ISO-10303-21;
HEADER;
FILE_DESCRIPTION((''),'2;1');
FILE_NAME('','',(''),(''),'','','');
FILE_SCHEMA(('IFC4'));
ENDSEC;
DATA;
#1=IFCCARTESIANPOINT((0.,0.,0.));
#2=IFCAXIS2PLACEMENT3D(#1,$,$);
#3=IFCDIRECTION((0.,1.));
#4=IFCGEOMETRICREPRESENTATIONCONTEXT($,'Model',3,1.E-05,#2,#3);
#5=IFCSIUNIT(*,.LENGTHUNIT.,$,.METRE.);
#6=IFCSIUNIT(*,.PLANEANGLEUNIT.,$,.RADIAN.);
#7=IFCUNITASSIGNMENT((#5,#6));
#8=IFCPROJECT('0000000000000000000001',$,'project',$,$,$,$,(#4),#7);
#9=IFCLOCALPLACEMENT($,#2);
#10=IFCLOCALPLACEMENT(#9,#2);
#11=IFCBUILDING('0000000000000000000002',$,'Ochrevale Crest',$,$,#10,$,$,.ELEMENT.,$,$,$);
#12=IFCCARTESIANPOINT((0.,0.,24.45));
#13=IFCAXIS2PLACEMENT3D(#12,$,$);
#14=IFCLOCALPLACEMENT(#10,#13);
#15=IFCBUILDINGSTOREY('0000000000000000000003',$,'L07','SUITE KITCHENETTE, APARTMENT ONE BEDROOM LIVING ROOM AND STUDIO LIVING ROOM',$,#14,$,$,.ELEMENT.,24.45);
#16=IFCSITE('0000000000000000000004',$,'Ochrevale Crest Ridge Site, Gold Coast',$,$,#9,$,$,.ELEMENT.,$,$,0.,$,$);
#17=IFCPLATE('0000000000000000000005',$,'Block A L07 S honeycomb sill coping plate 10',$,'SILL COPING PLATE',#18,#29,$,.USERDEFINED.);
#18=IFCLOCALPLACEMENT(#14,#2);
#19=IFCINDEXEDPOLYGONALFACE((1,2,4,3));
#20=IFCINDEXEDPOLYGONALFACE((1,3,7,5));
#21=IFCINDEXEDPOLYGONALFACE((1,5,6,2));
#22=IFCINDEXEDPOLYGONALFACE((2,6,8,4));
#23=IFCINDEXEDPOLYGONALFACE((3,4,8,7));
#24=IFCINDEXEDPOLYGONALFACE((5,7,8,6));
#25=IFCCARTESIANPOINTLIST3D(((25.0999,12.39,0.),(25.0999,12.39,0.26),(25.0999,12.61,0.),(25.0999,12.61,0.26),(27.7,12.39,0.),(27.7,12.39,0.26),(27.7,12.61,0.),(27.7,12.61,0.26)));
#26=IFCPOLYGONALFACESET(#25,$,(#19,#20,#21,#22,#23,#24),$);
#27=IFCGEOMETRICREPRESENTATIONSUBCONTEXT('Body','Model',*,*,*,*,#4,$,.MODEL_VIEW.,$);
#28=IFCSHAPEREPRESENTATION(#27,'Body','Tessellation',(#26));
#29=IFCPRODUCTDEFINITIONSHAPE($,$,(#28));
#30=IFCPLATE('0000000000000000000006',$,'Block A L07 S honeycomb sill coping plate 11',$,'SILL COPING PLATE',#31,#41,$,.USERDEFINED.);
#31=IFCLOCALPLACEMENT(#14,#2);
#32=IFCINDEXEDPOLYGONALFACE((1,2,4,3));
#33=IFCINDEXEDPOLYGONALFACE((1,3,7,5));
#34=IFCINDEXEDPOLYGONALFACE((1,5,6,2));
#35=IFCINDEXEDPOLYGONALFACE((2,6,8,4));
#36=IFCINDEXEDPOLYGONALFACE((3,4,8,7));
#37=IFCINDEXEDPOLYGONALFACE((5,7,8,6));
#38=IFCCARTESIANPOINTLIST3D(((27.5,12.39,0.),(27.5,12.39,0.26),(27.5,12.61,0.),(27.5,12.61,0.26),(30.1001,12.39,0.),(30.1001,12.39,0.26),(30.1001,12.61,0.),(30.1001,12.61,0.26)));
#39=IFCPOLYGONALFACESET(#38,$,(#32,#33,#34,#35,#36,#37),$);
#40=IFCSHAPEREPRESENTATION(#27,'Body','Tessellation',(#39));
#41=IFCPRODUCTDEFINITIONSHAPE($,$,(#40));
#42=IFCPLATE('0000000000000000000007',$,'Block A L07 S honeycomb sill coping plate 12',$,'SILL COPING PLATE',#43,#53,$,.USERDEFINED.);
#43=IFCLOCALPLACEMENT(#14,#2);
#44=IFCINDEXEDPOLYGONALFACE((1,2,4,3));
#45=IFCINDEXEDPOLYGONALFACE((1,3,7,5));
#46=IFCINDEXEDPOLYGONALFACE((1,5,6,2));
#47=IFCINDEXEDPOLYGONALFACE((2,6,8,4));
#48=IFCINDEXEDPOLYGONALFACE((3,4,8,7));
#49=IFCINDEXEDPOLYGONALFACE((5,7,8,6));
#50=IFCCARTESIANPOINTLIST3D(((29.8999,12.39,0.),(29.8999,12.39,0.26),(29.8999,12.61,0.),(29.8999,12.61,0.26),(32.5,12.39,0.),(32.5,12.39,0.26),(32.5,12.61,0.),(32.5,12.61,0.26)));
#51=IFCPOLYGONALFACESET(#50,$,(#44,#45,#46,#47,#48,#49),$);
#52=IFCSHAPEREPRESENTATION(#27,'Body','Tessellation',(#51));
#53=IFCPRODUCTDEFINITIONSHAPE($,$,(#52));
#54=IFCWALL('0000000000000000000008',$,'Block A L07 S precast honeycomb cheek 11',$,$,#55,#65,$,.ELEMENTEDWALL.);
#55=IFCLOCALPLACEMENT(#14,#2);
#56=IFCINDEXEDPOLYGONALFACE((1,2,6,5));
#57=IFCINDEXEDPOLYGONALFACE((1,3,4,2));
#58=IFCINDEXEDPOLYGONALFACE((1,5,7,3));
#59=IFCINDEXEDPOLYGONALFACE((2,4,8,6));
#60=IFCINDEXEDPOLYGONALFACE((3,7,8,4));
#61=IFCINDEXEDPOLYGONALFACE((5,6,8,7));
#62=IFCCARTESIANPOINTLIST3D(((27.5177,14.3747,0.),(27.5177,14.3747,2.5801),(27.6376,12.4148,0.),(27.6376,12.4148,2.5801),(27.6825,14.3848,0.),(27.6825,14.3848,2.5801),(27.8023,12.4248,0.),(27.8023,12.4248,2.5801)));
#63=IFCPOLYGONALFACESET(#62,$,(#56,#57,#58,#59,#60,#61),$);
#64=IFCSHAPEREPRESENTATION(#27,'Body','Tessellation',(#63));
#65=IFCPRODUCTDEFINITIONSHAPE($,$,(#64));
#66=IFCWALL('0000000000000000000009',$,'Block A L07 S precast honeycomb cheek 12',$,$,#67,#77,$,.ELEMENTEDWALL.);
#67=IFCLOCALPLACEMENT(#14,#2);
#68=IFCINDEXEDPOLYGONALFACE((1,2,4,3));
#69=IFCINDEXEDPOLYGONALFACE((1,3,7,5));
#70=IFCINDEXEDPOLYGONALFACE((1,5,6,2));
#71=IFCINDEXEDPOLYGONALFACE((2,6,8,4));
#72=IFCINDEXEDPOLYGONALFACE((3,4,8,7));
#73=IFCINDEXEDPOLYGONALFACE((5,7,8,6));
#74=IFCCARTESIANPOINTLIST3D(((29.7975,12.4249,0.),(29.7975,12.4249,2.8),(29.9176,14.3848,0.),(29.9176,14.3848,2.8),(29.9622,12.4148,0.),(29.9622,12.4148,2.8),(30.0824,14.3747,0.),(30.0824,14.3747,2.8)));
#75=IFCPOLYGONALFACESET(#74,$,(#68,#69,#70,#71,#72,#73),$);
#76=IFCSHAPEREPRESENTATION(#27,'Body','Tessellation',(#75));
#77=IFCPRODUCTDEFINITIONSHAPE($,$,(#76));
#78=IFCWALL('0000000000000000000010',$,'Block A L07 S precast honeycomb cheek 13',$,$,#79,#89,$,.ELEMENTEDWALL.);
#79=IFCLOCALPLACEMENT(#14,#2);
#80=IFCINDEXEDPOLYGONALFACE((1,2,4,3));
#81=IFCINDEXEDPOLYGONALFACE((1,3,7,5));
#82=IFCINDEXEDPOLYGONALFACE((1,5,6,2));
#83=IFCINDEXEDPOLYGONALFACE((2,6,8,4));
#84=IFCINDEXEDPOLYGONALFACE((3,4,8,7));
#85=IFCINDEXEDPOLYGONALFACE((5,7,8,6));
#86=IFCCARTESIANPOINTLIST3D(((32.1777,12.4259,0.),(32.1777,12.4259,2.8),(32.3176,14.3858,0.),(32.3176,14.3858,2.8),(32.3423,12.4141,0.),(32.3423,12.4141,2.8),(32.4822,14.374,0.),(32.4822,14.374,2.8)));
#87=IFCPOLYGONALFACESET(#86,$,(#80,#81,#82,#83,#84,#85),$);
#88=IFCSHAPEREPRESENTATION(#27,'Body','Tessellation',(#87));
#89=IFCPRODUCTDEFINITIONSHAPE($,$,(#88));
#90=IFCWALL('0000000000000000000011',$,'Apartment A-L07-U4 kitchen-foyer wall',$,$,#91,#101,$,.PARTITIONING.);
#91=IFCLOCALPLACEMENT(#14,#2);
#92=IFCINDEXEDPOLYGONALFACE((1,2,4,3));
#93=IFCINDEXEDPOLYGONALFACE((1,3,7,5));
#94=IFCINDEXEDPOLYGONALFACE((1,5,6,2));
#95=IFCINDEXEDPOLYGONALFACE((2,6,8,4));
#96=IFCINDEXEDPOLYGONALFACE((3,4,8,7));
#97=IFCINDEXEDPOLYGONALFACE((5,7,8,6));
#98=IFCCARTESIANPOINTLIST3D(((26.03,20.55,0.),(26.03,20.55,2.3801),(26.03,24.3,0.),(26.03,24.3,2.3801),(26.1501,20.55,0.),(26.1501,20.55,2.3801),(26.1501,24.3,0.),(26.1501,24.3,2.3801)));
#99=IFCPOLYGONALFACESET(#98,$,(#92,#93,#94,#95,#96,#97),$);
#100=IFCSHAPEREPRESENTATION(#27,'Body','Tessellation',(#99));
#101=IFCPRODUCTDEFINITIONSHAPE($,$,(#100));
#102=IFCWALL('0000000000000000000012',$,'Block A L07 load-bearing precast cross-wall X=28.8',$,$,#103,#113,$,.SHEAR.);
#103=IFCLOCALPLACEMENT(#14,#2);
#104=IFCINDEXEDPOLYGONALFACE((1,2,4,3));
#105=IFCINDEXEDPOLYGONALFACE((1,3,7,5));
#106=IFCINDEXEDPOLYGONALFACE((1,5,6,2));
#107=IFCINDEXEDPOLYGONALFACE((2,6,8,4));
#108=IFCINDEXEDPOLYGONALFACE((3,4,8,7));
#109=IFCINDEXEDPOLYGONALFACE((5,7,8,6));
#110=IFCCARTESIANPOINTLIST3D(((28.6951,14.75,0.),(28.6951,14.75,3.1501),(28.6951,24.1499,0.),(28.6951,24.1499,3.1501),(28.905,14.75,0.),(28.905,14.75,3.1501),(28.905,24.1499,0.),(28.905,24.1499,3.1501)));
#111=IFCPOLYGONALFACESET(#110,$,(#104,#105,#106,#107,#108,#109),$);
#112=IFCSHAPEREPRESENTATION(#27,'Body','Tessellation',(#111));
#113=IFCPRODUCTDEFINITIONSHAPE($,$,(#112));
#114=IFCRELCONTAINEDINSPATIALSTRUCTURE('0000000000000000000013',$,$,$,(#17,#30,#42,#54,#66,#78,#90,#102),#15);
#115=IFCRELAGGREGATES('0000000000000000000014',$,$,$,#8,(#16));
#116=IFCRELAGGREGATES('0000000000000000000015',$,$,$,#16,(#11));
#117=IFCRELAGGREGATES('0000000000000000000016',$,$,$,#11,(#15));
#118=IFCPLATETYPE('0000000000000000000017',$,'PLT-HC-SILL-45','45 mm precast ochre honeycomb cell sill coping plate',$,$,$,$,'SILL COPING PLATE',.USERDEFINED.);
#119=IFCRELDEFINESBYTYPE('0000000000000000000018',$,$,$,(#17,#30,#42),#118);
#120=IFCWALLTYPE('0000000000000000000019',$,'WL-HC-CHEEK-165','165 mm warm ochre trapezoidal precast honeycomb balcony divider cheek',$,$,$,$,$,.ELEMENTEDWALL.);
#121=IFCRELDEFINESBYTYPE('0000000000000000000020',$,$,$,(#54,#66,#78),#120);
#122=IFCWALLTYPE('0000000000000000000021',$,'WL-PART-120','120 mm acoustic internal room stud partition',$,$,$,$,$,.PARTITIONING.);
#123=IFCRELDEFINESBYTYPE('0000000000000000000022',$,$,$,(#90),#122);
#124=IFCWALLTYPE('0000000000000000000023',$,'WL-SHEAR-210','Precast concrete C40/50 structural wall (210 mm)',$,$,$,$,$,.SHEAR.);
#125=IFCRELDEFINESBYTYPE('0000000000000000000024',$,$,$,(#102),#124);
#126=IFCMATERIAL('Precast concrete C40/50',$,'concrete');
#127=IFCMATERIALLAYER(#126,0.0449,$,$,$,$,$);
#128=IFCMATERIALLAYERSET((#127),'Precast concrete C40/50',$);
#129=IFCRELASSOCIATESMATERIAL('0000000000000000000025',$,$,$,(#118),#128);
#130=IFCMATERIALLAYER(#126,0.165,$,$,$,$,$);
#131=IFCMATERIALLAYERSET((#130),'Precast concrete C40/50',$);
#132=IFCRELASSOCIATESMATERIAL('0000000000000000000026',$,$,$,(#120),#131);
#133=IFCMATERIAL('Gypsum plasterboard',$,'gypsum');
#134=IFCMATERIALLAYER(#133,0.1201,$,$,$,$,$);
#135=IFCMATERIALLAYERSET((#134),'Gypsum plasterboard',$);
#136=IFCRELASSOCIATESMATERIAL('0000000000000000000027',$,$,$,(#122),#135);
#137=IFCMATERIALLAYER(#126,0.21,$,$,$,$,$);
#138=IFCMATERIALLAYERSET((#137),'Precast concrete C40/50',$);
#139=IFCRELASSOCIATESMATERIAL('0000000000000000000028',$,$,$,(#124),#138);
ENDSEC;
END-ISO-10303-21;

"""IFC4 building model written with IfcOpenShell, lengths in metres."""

from ifc_helpers import new_model, si_unit, direction, frame, frame_2d, origin, origin_2d, place, context, subcontext, project, spatial, rectangle, extrude, material, layer, layer_set, type_object, element, save


model = new_model("IFC4")

# Units and contexts
model_context = context("Model", 3, precision=1e-05, world=origin(), true_north=direction((0.0, 1.0)))
body_context = subcontext(model_context, "Body", "Model", "MODEL_VIEW")
ifc_project = project(units=[si_unit("LENGTHUNIT", "METRE"), si_unit("PLANEANGLEUNIT", "RADIAN")], contexts=[model_context])

# Site, building, storey
site_placement = place(None, origin())
site = spatial("IfcSite", under=ifc_project, at=site_placement, Name="Ochrevale Crest Ridge Site, Gold Coast", CompositionType="ELEMENT", RefElevation=0.0)
building_placement = place(site_placement, origin())
building = spatial("IfcBuilding", under=site, at=building_placement, Name="Ochrevale Crest", CompositionType="ELEMENT")
storey_placement = place(building_placement, frame((0.0, 0.0, 24.45)))
storey = spatial("IfcBuildingStorey", under=building, at=storey_placement, Name="L07", Description="SUITE KITCHENETTE, APARTMENT ONE BEDROOM LIVING ROOM AND STUDIO LIVING ROOM", CompositionType="ELEMENT", Elevation=24.45)

# Plates
ifc_material_1 = material(Name="Precast concrete C40/50", Category="concrete")
ifc_layer_1 = layer(ifc_material_1, 0.0449)
ifc_layer_set_1 = layer_set([ifc_layer_1], Name="Precast concrete C40/50")
plate_type_1 = type_object("IfcPlateType", Name="PLT-HC-SILL-45", Description="45 mm precast ochre honeycomb cell sill coping plate", ElementType="SILL COPING PLATE", PredefinedType="USERDEFINED", material=ifc_layer_set_1)
for number, where, z_axis, x_axis, name in (
    (1, (26.3999, 12.5, 0.0), (0.0, 0.0, 1.0), (1.0, 0.0, 0.0), "Block A L07 S honeycomb sill coping plate 10"),
    (2, (28.8, 12.5, 0.0), (0.0, 0.0, 1.0), (1.0, 0.0, 0.0), "Block A L07 S honeycomb sill coping plate 11"),
    (3, (31.2, 12.5, 0.0), (0.0, 0.0, 1.0), (1.0, 0.0, 0.0), "Block A L07 S honeycomb sill coping plate 12"),
):
    element("IfcPlate", number, at=place(storey_placement, frame(where, z_axis=z_axis, x_axis=x_axis)), inside=storey, type_object=plate_type_1, Name=name, ObjectType="SILL COPING PLATE", PredefinedType="USERDEFINED", context=body_context, shape_type="SweptSolid", body=[
        extrude(rectangle(XDim=2.6001, YDim=0.22, at=origin_2d()), origin(), (0.0, 0.0, 1.0), 0.26),
    ])

# Walls
ifc_layer_2 = layer(ifc_material_1, 0.165)
ifc_layer_set_2 = layer_set([ifc_layer_2], Name="Precast concrete C40/50")
wall_type_1 = type_object("IfcWallType", Name="WL-HC-CHEEK-165", Description="165 mm warm ochre trapezoidal precast honeycomb balcony divider cheek", PredefinedType="ELEMENTEDWALL", material=ifc_layer_set_2)
wall_1_placement = place(storey_placement, frame((27.6001, 14.3799, 0.0), z_axis=(0.0, 0.0, 1.0), x_axis=(0.061047, -0.998135, 0.0)))
element("IfcWall", 4, at=wall_1_placement, inside=storey, type_object=wall_type_1, Name="Block A L07 S precast honeycomb cheek 11", PredefinedType="ELEMENTEDWALL", context=body_context, shape_type="SweptSolid", body=[
    extrude(rectangle(XDim=1.9636, YDim=0.165, at=frame_2d((0.9819, 0.0))), origin(), (0.0, 0.0, 1.0), 2.5801),
])
wall_2_placement = place(storey_placement, frame((30.0, 14.3799, 0.0), z_axis=(0.0, 0.0, 1.0), x_axis=(-0.061171, -0.998127, 0.0)))
element("IfcWall", 5, at=wall_2_placement, inside=storey, type_object=wall_type_1, Name="Block A L07 S precast honeycomb cheek 12", PredefinedType="ELEMENTEDWALL", context=body_context, shape_type="SweptSolid", body=[
    extrude(rectangle(XDim=1.9636, YDim=0.165, at=frame_2d((0.9819, 0.0))), origin(), (0.0, 0.0, 1.0), 2.8),
])
wall_3_placement = place(storey_placement, frame((32.3999, 14.3799, 0.0), z_axis=(0.0, 0.0, 1.0), x_axis=(-0.071194, -0.997462, 0.0)))
element("IfcWall", 6, at=wall_3_placement, inside=storey, type_object=wall_type_1, Name="Block A L07 S precast honeycomb cheek 13", PredefinedType="ELEMENTEDWALL", context=body_context, shape_type="SweptSolid", body=[
    extrude(rectangle(XDim=1.9648, YDim=0.165, at=frame_2d((0.9824, 0.0))), origin(), (0.0, 0.0, 1.0), 2.8),
])
ifc_material_2 = material(Name="Gypsum plasterboard", Category="gypsum")
ifc_layer_3 = layer(ifc_material_2, 0.1201)
ifc_layer_set_3 = layer_set([ifc_layer_3], Name="Gypsum plasterboard")
wall_type_2 = type_object("IfcWallType", Name="WL-PART-120", Description="120 mm acoustic internal room stud partition", PredefinedType="PARTITIONING", material=ifc_layer_set_3)
wall_4_placement = place(storey_placement, frame((26.0901, 20.55, 0.0), z_axis=(0.0, 0.0, 1.0), x_axis=(0.0, 1.0, 0.0)))
element("IfcWall", 7, at=wall_4_placement, inside=storey, type_object=wall_type_2, Name="Apartment A-L07-U4 kitchen-foyer wall", PredefinedType="PARTITIONING", context=body_context, shape_type="SweptSolid", body=[
    extrude(rectangle(XDim=3.75, YDim=0.1201, at=frame_2d((1.875, 0.0))), origin(), (0.0, 0.0, 1.0), 2.3801),
])
ifc_layer_4 = layer(ifc_material_1, 0.21)
ifc_layer_set_4 = layer_set([ifc_layer_4], Name="Precast concrete C40/50")
wall_type_3 = type_object("IfcWallType", Name="WL-SHEAR-210", Description="Precast concrete C40/50 structural wall (210 mm)", PredefinedType="SHEAR", material=ifc_layer_set_4)
wall_5_placement = place(storey_placement, frame((28.8, 14.75, 0.0), z_axis=(0.0, 0.0, 1.0), x_axis=(0.0, 1.0, 0.0)))
element("IfcWall", 8, at=wall_5_placement, inside=storey, type_object=wall_type_3, Name="Block A L07 load-bearing precast cross-wall X=28.8", PredefinedType="SHEAR", context=body_context, shape_type="SweptSolid", body=[
    extrude(rectangle(XDim=9.3999, YDim=0.21, at=frame_2d((4.7, 0.0))), origin(), (0.0, 0.0, 1.0), 3.1501),
])

save(model, "model.ifc")
